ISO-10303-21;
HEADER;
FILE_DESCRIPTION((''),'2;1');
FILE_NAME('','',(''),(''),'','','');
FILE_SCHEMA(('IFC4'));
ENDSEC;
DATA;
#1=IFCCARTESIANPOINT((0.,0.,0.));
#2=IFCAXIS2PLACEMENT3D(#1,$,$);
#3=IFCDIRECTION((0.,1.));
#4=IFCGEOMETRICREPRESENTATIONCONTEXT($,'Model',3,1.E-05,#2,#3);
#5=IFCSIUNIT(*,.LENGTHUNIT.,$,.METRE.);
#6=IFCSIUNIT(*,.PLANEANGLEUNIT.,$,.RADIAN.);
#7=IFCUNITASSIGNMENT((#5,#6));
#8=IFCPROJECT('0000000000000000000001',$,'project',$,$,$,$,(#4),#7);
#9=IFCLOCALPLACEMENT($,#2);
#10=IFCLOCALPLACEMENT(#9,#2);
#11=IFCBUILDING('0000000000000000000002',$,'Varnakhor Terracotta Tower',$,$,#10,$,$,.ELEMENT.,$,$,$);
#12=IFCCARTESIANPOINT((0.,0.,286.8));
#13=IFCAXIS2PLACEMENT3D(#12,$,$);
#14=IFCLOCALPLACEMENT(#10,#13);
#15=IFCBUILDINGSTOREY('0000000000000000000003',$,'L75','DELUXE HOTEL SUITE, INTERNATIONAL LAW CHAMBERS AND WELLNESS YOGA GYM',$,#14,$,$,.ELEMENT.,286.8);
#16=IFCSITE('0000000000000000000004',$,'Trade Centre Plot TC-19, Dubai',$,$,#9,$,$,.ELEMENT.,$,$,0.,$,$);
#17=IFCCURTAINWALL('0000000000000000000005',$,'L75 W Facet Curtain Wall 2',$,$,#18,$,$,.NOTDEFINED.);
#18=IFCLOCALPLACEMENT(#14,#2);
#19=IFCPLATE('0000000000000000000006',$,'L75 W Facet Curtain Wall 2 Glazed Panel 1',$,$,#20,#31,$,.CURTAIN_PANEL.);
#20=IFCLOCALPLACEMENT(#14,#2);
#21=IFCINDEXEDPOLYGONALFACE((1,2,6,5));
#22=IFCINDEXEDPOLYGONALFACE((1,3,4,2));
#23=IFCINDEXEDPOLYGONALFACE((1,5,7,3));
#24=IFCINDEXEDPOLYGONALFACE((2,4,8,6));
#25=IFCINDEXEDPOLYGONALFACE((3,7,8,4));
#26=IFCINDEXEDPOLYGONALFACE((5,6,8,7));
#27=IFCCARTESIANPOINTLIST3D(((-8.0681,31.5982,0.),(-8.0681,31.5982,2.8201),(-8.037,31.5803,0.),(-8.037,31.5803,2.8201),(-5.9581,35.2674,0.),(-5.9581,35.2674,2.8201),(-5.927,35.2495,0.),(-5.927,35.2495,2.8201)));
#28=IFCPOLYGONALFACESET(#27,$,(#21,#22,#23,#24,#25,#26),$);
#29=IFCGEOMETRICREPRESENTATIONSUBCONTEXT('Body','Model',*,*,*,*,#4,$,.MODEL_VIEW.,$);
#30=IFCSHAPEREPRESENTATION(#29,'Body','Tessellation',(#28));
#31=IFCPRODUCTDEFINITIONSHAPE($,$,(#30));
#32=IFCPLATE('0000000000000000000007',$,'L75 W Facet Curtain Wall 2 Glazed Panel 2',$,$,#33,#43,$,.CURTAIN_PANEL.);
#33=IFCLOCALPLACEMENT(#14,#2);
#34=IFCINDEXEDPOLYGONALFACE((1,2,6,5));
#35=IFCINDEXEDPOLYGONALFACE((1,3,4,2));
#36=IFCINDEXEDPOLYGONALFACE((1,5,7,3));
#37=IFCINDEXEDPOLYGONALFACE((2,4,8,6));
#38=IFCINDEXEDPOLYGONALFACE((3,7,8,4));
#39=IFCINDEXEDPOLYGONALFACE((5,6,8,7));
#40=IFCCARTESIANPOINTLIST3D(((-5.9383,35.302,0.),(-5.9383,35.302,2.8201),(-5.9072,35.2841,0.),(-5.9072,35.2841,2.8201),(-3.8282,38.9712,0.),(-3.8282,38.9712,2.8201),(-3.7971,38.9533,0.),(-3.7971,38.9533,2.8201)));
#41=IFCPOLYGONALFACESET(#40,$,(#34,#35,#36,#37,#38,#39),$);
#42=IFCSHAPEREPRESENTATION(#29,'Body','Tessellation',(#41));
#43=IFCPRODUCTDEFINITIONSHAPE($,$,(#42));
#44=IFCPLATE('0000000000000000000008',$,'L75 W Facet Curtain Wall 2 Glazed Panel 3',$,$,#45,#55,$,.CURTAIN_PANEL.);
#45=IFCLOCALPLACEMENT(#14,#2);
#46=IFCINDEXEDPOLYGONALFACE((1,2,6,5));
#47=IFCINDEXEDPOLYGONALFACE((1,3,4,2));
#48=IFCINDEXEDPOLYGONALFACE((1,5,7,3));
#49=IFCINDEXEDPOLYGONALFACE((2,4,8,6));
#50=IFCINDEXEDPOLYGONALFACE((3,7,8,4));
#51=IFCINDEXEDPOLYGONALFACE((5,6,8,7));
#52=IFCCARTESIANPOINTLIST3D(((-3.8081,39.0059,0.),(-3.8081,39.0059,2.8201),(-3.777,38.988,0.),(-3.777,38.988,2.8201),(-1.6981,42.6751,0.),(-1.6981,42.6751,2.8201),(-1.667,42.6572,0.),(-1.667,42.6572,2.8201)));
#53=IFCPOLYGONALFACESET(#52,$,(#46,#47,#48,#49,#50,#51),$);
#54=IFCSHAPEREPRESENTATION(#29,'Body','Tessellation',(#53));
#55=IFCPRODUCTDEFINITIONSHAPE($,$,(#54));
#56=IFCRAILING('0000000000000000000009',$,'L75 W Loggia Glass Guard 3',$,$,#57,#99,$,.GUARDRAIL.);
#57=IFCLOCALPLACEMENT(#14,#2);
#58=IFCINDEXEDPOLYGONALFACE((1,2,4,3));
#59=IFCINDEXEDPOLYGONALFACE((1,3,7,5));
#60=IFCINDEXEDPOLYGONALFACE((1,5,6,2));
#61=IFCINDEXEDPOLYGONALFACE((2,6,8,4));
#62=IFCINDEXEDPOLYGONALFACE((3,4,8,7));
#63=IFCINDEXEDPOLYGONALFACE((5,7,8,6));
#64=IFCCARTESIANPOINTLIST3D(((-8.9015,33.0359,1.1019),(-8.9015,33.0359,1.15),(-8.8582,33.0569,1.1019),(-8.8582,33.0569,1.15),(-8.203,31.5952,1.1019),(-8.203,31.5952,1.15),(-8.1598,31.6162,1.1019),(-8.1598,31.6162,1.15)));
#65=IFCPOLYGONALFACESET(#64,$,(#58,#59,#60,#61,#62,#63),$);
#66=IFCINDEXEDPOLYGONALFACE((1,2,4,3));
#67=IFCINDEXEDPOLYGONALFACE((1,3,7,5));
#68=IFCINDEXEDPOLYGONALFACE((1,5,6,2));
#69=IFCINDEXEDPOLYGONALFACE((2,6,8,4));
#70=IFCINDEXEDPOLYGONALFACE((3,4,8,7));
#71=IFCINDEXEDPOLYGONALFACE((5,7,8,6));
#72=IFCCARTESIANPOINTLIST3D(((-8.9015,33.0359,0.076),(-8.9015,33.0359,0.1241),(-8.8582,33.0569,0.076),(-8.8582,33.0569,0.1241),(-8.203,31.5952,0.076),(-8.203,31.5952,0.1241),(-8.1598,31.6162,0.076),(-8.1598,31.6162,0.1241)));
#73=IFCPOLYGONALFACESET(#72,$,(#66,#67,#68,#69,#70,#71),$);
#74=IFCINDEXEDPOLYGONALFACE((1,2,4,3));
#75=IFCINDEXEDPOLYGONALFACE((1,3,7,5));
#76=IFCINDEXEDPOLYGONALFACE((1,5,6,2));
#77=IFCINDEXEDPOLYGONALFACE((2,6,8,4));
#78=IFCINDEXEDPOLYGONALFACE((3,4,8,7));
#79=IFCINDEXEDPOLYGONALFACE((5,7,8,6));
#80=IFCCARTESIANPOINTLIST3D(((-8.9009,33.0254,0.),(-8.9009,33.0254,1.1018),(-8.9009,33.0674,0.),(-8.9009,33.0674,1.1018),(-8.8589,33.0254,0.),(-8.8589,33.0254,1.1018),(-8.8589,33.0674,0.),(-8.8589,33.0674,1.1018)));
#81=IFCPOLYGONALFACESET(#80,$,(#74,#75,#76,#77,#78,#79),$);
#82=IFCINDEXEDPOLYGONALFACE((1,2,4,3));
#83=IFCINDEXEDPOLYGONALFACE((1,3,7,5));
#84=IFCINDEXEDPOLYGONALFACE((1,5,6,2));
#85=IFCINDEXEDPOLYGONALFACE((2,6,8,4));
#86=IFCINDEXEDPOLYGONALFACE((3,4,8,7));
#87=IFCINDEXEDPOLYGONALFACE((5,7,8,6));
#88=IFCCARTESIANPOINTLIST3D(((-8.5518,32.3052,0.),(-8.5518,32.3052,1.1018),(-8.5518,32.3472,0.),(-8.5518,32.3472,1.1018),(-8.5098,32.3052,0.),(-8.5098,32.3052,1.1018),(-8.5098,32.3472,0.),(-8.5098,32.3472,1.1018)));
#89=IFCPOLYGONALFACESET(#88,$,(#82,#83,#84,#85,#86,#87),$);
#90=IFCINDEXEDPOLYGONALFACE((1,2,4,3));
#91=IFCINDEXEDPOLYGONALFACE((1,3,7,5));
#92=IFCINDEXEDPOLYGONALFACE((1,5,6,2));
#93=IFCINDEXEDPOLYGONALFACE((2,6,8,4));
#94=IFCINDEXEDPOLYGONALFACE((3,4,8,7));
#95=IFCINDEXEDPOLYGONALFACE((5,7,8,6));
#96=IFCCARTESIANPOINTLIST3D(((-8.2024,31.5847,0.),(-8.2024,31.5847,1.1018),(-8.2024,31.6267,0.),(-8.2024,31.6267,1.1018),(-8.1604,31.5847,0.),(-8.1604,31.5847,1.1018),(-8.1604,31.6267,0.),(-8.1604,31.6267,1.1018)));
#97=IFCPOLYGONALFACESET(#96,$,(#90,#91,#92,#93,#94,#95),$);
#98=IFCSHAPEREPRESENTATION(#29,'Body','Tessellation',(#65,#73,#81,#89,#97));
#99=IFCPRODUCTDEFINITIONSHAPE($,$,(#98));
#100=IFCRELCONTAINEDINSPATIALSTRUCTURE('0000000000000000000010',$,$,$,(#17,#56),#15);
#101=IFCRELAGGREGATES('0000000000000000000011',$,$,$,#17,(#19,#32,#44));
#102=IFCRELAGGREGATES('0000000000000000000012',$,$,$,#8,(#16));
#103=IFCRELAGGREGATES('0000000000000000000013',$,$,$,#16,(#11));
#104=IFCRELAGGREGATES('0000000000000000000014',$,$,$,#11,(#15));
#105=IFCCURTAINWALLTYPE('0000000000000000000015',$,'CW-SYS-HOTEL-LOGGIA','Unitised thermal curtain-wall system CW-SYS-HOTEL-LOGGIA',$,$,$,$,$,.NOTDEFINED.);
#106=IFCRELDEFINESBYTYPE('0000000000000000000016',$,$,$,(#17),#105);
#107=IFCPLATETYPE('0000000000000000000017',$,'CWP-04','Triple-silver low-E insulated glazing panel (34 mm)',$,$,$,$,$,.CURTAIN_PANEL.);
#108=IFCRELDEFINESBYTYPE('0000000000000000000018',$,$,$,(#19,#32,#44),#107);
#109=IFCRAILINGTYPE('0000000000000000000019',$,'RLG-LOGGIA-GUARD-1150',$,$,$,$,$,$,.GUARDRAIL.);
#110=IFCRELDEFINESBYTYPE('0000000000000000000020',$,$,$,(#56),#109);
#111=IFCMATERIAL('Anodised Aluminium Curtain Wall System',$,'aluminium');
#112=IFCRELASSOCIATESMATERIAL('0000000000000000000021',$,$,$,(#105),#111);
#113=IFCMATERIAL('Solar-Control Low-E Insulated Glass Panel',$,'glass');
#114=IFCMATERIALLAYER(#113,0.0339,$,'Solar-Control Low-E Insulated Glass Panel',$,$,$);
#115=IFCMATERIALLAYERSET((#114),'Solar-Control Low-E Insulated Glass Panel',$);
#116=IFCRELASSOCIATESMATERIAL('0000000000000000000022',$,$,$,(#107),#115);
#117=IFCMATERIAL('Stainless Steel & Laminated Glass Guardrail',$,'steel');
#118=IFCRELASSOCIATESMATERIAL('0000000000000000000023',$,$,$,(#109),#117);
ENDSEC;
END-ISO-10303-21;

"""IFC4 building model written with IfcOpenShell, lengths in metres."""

from ifc_helpers import new_model, si_unit, direction, frame, origin, origin_2d, place, context, subcontext, project, spatial, rectangle, extrude, source, transform, mapped, material, layer, layer_set, type_object, element, aggregate, save


model = new_model("IFC4")

# Units and contexts
model_context = context("Model", 3, precision=1e-05, world=origin(), true_north=direction((0.0, 1.0)))
body_context = subcontext(model_context, "Body", "Model", "MODEL_VIEW")
ifc_project = project(units=[si_unit("LENGTHUNIT", "METRE"), si_unit("PLANEANGLEUNIT", "RADIAN")], contexts=[model_context])

# Site, building, storey
site_placement = place(None, origin())
site = spatial("IfcSite", under=ifc_project, at=site_placement, Name="Trade Centre Plot TC-19, Dubai", CompositionType="ELEMENT", RefElevation=0.0)
building_placement = place(site_placement, origin())
building = spatial("IfcBuilding", under=site, at=building_placement, Name="Varnakhor Terracotta Tower", CompositionType="ELEMENT")
storey_placement = place(building_placement, frame((0.0, 0.0, 286.8)))
storey = spatial("IfcBuildingStorey", under=building, at=storey_placement, Name="L75", Description="DELUXE HOTEL SUITE, INTERNATIONAL LAW CHAMBERS AND WELLNESS YOGA GYM", CompositionType="ELEMENT", Elevation=286.8)

# Curtain wall
ifc_material_1 = material(Name="Anodised Aluminium Curtain Wall System", Category="aluminium")
curtain_wall_type = type_object("IfcCurtainWallType", Name="CW-SYS-HOTEL-LOGGIA", Description="Unitised thermal curtain-wall system CW-SYS-HOTEL-LOGGIA", PredefinedType="NOTDEFINED", material=ifc_material_1)
curtain_wall_placement = place(storey_placement, origin())
curtain_wall = element("IfcCurtainWall", 1, at=curtain_wall_placement, inside=storey, type_object=curtain_wall_type, Name="L75 W Facet Curtain Wall 2", PredefinedType="NOTDEFINED")

# Plates
ifc_material_2 = material(Name="Solar-Control Low-E Insulated Glass Panel", Category="glass")
ifc_layer = layer(ifc_material_2, 0.0339, Name="Solar-Control Low-E Insulated Glass Panel")
ifc_layer_set = layer_set([ifc_layer], Name="Solar-Control Low-E Insulated Glass Panel")
plate_type = type_object("IfcPlateType", Name="CWP-04", Description="Triple-silver low-E insulated glazing panel (34 mm)", PredefinedType="CURTAIN_PANEL", material=ifc_layer_set)
shared_shape_1 = source(origin(), body_context, "Body", "SweptSolid", [
    extrude(rectangle(XDim=4.2327, YDim=0.0359, at=origin_2d()), origin(), (0.0, 0.0, 1.0), 2.8201),
])
plate_1_placement = place(storey_placement, frame((-6.9976, 33.4238, 0.0), z_axis=(0.0, 0.0, 1.0), x_axis=(0.498518, 0.866879, 0.0)))
plate_1 = element("IfcPlate", 2, at=plate_1_placement, type_object=plate_type, Name="L75 W Facet Curtain Wall 2 Glazed Panel 1", PredefinedType="CURTAIN_PANEL", context=body_context, shape_type="MappedRepresentation", body=[
    mapped(shared_shape_1, transform((0.0, 0.0, 0.0), scale=1.0)),
])
plate_2_placement = place(storey_placement, frame((-4.8677, 37.1277, 0.0), z_axis=(0.0, 0.0, 1.0), x_axis=(0.498518, 0.866879, 0.0)))
plate_2 = element("IfcPlate", 3, at=plate_2_placement, type_object=plate_type, Name="L75 W Facet Curtain Wall 2 Glazed Panel 2", PredefinedType="CURTAIN_PANEL", context=body_context, shape_type="MappedRepresentation", body=[
    mapped(shared_shape_1, transform((0.0, 0.0, 0.0), scale=1.0)),
])
plate_3_placement = place(storey_placement, frame((-2.7375, 40.8315, 0.0), z_axis=(0.0, 0.0, 1.0), x_axis=(0.498518, 0.866879, 0.0)))
plate_3 = element("IfcPlate", 4, at=plate_3_placement, type_object=plate_type, Name="L75 W Facet Curtain Wall 2 Glazed Panel 3", PredefinedType="CURTAIN_PANEL", context=body_context, shape_type="MappedRepresentation", body=[
    mapped(shared_shape_1, transform((0.0, 0.0, 0.0), scale=1.0)),
])
aggregate(curtain_wall, [plate_1, plate_2, plate_3])

# Railing
ifc_material_3 = material(Name="Stainless Steel & Laminated Glass Guardrail", Category="steel")
railing_type = type_object("IfcRailingType", Name="RLG-LOGGIA-GUARD-1150", PredefinedType="GUARDRAIL", material=ifc_material_3)
railing_placement = place(storey_placement, frame((-8.8799, 33.0464, 0.0)))
element("IfcRailing", 5, at=railing_placement, inside=storey, type_object=railing_type, Name="L75 W Loggia Glass Guard 3", PredefinedType="GUARDRAIL", context=body_context, shape_type="SweptSolid", body=[
    extrude(rectangle(XDim=0.0481, YDim=0.0481, at=origin_2d()), frame((0.0, 0.0, 1.126), z_axis=(0.436262, -0.89982, 0.0), x_axis=(0.89982, 0.436262, 0.0)), (0.0, 0.0, 1.0), 1.6011),
    extrude(rectangle(XDim=0.0481, YDim=0.0481, at=origin_2d()), frame((0.0, 0.0, 0.1001), z_axis=(0.436262, -0.89982, 0.0), x_axis=(0.89982, 0.436262, 0.0)), (0.0, 0.0, 1.0), 1.6011),
    extrude(rectangle(XDim=0.042, YDim=0.042, at=origin_2d()), origin(), (0.0, 0.0, 1.0), 1.1018),
    extrude(rectangle(XDim=0.042, YDim=0.042, at=origin_2d()), frame((0.3491, -0.7202, 0.0)), (0.0, 0.0, 1.0), 1.1018),
    extrude(rectangle(XDim=0.042, YDim=0.042, at=origin_2d()), frame((0.6985, -1.4407, 0.0)), (0.0, 0.0, 1.0), 1.1018),
])

save(model, "model.ifc")
